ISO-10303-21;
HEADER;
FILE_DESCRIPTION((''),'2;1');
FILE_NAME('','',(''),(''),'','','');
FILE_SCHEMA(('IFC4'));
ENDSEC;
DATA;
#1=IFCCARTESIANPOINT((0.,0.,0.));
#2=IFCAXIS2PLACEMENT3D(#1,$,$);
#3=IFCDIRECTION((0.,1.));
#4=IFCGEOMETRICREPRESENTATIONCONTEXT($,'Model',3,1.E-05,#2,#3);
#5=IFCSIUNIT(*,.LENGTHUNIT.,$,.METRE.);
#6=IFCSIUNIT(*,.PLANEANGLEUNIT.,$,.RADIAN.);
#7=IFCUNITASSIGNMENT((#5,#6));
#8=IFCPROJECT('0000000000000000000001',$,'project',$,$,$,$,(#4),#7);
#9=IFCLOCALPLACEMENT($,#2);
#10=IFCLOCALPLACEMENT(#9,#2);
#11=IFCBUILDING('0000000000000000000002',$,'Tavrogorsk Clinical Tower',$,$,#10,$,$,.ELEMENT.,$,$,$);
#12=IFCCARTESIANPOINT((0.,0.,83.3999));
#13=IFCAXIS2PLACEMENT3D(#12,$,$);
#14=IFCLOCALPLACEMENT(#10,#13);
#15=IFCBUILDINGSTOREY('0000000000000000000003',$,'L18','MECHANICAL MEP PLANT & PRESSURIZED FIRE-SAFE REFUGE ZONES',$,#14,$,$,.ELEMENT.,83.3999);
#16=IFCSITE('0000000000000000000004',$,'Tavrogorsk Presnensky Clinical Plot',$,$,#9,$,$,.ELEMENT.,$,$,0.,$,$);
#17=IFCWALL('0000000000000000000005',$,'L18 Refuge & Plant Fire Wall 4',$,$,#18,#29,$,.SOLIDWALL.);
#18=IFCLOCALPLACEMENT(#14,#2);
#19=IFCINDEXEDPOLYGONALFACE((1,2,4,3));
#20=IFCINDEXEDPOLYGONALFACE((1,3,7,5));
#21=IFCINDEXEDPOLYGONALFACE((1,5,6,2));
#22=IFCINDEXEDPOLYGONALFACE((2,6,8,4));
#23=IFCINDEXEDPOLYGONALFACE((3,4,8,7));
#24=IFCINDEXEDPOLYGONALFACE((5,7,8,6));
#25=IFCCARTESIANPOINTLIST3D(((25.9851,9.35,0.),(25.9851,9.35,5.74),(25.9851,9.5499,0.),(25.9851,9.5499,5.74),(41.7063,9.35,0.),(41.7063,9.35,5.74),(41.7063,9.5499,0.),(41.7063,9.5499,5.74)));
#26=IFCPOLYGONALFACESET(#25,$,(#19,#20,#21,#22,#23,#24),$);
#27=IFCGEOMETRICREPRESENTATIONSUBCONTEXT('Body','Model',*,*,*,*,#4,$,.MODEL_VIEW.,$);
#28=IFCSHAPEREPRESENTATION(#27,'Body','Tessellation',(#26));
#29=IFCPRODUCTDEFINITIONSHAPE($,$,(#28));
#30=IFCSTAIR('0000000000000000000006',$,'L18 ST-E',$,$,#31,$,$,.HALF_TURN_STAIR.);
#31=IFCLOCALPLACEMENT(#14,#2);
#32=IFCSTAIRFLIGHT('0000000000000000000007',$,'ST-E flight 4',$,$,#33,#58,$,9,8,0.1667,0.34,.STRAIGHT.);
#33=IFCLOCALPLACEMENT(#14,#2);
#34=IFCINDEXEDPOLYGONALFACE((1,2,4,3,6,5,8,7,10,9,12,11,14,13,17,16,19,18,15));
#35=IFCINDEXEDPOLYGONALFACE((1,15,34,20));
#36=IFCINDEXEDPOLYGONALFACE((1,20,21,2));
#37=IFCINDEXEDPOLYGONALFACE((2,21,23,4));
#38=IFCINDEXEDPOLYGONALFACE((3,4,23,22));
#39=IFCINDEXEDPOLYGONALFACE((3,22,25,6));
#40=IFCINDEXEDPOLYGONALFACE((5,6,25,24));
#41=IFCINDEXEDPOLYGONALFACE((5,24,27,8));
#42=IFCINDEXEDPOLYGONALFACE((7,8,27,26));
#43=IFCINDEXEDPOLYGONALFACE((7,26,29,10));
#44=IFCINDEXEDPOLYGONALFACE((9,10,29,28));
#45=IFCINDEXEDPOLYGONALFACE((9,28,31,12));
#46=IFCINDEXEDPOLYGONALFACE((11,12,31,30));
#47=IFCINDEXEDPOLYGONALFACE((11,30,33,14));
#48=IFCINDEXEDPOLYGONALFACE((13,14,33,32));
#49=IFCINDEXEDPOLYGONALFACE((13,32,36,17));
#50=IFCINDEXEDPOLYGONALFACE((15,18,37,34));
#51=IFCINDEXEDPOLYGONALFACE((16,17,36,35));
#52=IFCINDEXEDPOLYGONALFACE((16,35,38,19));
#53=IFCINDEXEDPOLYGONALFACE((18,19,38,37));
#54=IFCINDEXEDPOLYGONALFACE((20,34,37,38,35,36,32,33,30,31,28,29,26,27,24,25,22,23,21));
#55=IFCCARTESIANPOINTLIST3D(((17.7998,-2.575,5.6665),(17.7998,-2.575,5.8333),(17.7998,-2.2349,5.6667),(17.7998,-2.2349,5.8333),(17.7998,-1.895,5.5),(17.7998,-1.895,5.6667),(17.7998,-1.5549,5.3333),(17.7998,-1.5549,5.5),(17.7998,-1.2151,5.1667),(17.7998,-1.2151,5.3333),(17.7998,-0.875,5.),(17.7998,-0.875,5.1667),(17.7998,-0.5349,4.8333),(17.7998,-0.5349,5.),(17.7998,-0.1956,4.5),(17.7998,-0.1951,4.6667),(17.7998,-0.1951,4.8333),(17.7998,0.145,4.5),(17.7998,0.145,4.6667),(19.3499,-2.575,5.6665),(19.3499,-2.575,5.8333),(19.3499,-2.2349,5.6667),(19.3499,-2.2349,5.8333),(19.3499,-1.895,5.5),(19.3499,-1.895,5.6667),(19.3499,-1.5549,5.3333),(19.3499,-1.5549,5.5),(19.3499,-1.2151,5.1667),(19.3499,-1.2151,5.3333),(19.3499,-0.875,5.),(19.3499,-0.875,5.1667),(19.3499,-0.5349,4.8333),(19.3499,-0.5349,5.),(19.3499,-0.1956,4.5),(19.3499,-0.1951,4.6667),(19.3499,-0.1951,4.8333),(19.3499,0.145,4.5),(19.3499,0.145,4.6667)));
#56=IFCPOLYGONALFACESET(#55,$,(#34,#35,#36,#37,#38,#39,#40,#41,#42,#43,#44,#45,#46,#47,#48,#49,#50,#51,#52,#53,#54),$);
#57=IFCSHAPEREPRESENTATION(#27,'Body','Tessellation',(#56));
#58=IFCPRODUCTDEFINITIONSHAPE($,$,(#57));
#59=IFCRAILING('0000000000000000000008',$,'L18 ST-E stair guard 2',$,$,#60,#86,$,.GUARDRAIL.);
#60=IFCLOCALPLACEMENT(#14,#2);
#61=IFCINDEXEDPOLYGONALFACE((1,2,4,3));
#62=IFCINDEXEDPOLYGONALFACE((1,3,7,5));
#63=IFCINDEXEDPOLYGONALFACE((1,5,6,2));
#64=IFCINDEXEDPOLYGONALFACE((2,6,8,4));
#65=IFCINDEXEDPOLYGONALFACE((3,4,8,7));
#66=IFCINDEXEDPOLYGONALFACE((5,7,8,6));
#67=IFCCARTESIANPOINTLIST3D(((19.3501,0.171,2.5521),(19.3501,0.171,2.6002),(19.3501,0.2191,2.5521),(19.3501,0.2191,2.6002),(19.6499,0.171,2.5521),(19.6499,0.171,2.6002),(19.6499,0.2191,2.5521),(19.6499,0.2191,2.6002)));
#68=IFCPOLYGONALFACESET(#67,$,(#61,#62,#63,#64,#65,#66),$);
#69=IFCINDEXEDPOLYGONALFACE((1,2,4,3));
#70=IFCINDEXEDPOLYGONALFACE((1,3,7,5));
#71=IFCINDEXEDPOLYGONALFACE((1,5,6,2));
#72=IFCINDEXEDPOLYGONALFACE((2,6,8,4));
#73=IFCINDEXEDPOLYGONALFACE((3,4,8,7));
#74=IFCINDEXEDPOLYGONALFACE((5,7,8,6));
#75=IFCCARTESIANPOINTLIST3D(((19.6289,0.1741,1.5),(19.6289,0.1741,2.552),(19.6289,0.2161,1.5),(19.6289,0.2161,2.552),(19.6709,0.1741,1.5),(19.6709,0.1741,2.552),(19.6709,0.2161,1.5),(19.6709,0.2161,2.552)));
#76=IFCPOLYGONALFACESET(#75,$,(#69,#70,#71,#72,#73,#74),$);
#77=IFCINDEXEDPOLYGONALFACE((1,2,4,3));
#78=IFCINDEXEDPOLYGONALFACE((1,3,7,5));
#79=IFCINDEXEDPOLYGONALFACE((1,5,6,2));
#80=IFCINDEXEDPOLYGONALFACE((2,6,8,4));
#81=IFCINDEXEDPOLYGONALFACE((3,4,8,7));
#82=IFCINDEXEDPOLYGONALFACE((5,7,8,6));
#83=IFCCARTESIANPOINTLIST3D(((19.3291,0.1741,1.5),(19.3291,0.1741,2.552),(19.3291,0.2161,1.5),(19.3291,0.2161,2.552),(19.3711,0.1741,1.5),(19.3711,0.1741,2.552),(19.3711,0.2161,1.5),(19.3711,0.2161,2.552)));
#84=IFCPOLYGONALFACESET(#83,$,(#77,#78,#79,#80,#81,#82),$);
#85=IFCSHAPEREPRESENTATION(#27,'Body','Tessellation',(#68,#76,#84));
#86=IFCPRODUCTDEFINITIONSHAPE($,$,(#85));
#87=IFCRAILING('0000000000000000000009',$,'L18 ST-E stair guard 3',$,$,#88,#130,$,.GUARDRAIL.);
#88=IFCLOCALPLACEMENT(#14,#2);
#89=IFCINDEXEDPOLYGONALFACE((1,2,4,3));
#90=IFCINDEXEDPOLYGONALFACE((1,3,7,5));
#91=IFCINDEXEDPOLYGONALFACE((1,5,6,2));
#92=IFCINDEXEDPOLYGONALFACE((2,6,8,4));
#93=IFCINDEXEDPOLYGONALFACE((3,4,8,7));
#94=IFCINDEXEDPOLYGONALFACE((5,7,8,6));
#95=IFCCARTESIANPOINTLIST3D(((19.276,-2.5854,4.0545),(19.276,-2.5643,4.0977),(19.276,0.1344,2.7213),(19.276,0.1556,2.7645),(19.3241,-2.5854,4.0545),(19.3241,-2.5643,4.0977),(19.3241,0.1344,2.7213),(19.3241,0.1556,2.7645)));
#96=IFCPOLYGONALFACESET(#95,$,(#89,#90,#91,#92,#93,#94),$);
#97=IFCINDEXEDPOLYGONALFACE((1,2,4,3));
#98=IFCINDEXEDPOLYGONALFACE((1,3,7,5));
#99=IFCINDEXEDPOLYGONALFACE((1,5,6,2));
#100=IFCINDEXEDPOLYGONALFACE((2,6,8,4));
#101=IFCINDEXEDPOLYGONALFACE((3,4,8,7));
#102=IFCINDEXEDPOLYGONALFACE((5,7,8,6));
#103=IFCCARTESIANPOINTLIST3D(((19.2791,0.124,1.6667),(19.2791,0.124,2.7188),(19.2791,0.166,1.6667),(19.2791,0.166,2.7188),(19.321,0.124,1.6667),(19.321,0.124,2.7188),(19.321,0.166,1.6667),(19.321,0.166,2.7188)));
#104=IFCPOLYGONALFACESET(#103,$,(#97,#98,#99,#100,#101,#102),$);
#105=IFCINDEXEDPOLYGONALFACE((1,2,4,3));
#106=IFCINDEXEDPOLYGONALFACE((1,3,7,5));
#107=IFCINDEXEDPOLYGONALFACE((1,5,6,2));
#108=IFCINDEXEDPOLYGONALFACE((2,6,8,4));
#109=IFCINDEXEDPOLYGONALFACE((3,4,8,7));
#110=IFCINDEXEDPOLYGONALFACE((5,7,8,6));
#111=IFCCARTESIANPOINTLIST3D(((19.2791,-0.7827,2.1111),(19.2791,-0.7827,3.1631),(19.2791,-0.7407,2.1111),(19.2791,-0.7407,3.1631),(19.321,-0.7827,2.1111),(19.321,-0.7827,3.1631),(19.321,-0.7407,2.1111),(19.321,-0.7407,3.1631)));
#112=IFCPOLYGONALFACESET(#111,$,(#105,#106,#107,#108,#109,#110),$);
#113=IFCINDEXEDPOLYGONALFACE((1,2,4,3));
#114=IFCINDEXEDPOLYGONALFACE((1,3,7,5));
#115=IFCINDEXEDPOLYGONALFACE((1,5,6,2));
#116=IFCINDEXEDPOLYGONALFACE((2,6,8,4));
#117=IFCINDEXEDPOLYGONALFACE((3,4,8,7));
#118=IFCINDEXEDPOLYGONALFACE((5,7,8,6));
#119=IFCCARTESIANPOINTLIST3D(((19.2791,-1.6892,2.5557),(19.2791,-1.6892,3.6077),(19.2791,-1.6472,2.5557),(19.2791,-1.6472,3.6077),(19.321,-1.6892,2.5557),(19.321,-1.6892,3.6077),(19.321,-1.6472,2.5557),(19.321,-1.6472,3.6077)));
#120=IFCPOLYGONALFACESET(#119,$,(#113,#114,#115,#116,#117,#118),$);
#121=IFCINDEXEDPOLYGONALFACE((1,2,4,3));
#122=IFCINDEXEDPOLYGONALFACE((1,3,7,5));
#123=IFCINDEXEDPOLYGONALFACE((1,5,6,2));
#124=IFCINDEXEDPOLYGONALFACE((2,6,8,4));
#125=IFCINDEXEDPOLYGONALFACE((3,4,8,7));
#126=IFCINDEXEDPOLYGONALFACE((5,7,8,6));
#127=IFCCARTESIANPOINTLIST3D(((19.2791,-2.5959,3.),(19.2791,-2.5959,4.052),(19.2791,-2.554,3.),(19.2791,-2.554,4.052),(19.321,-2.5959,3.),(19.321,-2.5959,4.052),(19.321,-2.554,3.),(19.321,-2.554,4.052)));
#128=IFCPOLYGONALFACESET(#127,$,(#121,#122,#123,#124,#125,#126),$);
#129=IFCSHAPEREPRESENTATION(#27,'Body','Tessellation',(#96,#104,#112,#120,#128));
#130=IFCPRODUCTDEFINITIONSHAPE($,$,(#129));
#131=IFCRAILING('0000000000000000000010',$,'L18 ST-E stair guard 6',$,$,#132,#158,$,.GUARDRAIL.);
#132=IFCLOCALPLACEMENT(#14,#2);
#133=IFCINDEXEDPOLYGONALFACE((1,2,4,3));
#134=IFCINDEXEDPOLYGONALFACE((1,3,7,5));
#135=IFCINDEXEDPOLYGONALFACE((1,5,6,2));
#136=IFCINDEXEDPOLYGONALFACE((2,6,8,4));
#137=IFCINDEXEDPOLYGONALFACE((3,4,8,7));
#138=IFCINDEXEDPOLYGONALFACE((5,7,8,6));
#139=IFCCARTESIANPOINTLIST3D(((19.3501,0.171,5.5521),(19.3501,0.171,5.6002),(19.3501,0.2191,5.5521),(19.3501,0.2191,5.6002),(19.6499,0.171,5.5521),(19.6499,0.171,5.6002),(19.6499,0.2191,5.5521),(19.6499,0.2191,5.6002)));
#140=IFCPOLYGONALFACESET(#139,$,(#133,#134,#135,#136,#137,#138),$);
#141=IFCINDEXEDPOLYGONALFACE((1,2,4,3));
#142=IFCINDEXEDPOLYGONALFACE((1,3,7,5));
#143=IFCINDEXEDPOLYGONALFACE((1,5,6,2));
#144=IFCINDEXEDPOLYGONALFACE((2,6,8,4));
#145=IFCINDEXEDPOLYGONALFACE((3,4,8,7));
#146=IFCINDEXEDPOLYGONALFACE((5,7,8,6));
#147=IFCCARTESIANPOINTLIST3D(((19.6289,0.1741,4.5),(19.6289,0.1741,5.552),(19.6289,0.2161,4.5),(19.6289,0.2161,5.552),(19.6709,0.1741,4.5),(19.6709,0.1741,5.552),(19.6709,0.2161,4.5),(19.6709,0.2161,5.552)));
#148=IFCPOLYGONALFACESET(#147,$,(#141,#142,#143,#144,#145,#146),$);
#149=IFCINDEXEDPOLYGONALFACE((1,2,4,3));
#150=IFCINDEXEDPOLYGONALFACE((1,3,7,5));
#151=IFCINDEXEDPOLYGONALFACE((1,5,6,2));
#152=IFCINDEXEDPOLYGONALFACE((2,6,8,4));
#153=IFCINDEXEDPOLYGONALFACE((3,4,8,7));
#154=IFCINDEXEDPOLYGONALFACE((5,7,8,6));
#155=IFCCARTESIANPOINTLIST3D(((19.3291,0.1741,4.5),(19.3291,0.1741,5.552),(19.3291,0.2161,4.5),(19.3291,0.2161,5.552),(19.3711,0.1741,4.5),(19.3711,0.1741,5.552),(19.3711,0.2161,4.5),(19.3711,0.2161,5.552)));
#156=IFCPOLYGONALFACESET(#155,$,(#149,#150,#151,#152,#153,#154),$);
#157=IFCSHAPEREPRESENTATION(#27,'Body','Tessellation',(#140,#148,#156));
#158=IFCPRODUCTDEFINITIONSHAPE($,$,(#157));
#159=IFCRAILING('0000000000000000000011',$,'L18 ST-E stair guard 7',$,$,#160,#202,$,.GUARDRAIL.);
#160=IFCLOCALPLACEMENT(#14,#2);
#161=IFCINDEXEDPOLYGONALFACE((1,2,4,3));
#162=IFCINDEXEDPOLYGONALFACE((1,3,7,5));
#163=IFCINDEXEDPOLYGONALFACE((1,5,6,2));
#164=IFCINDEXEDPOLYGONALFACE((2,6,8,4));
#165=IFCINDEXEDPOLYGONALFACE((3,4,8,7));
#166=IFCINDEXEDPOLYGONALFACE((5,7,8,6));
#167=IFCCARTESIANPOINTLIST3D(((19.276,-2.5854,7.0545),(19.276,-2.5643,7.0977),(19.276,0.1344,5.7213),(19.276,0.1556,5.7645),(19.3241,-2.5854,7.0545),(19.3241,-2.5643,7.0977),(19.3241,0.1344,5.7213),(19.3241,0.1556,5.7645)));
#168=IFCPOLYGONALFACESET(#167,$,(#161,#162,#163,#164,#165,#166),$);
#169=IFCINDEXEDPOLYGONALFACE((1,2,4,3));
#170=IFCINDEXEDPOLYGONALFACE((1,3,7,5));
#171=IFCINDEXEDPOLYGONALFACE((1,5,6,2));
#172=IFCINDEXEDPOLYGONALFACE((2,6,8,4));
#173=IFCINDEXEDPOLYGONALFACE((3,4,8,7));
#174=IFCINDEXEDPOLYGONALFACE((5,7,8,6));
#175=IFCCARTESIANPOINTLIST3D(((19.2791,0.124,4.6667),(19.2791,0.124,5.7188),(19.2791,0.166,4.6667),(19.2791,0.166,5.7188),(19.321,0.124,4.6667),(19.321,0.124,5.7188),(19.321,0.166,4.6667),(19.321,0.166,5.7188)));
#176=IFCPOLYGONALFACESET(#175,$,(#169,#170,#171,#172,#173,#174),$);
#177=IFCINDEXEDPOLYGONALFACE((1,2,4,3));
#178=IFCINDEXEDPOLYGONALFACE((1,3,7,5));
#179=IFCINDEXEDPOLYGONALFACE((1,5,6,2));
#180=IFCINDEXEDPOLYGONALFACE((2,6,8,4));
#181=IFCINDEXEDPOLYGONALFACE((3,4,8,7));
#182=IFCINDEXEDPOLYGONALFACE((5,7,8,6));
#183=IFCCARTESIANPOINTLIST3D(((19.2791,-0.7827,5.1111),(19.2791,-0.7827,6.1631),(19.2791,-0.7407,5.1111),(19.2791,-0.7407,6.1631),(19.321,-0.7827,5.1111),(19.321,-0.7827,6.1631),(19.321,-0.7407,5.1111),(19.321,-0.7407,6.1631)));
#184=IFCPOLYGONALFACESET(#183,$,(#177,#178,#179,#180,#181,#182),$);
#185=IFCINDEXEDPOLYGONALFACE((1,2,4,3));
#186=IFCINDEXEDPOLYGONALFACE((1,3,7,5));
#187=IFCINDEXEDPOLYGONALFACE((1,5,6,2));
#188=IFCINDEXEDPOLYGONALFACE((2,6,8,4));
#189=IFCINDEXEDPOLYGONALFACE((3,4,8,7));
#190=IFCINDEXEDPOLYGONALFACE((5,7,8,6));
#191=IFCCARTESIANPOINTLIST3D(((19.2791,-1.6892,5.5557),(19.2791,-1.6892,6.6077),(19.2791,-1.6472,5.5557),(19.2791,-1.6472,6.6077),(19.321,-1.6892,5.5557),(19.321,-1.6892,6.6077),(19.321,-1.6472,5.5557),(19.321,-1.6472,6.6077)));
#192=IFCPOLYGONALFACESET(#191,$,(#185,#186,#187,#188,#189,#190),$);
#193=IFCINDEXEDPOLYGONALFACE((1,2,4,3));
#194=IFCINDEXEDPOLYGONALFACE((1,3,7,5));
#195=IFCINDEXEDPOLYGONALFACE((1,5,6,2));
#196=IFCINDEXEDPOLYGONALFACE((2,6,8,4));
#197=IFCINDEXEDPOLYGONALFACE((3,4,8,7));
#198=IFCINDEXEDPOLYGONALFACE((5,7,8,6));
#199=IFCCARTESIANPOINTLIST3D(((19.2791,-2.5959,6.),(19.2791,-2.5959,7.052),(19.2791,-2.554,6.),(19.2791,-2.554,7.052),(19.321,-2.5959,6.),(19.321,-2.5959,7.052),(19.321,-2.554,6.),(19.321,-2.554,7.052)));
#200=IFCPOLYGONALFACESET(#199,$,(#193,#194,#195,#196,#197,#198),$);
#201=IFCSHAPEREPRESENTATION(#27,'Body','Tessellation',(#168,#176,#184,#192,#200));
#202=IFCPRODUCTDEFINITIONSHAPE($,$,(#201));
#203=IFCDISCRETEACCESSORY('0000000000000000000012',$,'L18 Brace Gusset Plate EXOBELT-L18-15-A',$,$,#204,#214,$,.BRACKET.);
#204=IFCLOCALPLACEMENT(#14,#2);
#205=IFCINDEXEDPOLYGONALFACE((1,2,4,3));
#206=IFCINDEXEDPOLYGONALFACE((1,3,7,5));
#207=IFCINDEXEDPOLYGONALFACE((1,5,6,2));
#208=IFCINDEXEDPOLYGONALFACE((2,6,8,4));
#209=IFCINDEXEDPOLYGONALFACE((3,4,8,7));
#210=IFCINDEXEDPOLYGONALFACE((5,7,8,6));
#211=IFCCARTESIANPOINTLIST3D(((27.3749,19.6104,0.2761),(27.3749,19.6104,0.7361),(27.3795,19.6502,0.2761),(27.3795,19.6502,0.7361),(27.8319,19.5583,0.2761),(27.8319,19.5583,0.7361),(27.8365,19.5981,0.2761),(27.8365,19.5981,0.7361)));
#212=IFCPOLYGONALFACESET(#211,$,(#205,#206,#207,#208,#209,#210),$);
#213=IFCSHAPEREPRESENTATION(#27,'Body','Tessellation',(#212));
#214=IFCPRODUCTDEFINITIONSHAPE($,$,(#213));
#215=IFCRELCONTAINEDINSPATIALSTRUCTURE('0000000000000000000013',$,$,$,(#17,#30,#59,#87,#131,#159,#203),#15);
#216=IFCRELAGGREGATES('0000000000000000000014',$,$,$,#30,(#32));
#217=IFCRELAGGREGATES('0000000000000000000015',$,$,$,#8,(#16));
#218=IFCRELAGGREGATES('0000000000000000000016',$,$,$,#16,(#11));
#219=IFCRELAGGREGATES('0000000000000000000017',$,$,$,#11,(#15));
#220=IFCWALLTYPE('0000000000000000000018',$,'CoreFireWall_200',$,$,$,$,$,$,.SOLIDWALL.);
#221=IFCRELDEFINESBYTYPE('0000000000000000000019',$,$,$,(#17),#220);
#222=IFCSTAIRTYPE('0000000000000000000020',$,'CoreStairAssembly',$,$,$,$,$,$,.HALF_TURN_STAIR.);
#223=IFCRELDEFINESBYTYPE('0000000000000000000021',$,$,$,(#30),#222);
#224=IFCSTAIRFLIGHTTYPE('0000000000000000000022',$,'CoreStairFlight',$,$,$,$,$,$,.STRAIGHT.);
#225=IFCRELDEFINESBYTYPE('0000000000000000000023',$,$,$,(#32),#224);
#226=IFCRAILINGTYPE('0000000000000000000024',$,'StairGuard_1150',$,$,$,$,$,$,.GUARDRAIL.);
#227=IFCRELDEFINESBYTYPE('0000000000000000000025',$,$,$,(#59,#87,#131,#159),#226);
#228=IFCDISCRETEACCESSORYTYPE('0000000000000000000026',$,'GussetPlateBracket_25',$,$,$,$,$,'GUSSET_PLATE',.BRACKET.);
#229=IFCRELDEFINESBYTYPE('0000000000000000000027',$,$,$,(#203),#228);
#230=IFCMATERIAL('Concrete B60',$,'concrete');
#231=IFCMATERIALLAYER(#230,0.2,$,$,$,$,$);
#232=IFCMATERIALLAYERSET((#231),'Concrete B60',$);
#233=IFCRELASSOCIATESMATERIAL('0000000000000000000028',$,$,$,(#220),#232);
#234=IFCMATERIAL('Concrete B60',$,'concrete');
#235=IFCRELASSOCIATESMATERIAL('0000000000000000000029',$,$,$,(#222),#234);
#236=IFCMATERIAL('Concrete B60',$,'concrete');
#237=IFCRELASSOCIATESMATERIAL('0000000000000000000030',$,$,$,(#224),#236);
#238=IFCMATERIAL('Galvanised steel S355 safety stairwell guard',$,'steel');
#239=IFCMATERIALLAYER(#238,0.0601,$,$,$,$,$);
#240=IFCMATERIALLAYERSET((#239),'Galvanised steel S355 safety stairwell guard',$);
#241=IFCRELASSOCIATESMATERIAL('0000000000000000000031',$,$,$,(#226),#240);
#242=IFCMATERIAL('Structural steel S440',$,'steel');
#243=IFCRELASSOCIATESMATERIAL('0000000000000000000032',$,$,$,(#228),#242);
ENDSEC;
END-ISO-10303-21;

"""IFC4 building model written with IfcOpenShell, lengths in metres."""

from ifc_helpers import new_model, si_unit, direction, frame, frame_2d, origin, origin_2d, place, context, subcontext, project, spatial, polyline, rectangle, outline, extrude, material, layer, layer_set, type_object, element, aggregate, save


model = new_model("IFC4")

# Units and contexts
model_context = context("Model", 3, precision=1e-05, world=origin(), true_north=direction((0.0, 1.0)))
body_context = subcontext(model_context, "Body", "Model", "MODEL_VIEW")
ifc_project = project(units=[si_unit("LENGTHUNIT", "METRE"), si_unit("PLANEANGLEUNIT", "RADIAN")], contexts=[model_context])

# Site, building, storey
site_placement = place(None, origin())
site = spatial("IfcSite", under=ifc_project, at=site_placement, Name="Tavrogorsk Presnensky Clinical Plot", CompositionType="ELEMENT", RefElevation=0.0)
building_placement = place(site_placement, origin())
building = spatial("IfcBuilding", under=site, at=building_placement, Name="Tavrogorsk Clinical Tower", CompositionType="ELEMENT")
storey_placement = place(building_placement, frame((0.0, 0.0, 83.3999)))
storey = spatial("IfcBuildingStorey", under=building, at=storey_placement, Name="L18", Description="MECHANICAL MEP PLANT & PRESSURIZED FIRE-SAFE REFUGE ZONES", CompositionType="ELEMENT", Elevation=83.3999)

# Shared definitions
ifc_material_1 = material(Name="Concrete B60", Category="concrete")
ifc_layer_1 = layer(ifc_material_1, 0.2)
ifc_layer_set_1 = layer_set([ifc_layer_1], Name="Concrete B60")
wall_type = type_object("IfcWallType", Name="CoreFireWall_200", PredefinedType="SOLIDWALL", material=ifc_layer_set_1)

# Wall
wall_1_placement = place(storey_placement, frame((25.9851, 9.45, 0.0), z_axis=(0.0, 0.0, 1.0), x_axis=(1.0, 0.0, 0.0)))
element("IfcWall", 1, at=wall_1_placement, inside=storey, type_object=wall_type, Name="L18 Refuge & Plant Fire Wall 4", PredefinedType="SOLIDWALL", context=body_context, shape_type="SweptSolid", body=[
    extrude(rectangle(XDim=15.7212, YDim=0.2, at=frame_2d((7.8606, 0.0))), origin(), (0.0, 0.0, 1.0), 5.74),
])

# Stair, stair flight
ifc_material_2 = material(Name="Concrete B60", Category="concrete")
stair_type = type_object("IfcStairType", Name="CoreStairAssembly", PredefinedType="HALF_TURN_STAIR", material=ifc_material_2)
stair_placement = place(storey_placement, origin())
stair = element("IfcStair", 2, at=stair_placement, inside=storey, type_object=stair_type, Name="L18 ST-E", PredefinedType="HALF_TURN_STAIR")
ifc_material_3 = material(Name="Concrete B60", Category="concrete")
stair_flight_type = type_object("IfcStairFlightType", Name="CoreStairFlight", PredefinedType="STRAIGHT", material=ifc_material_3)
stair_flight_placement = place(storey_placement, frame((18.575, 0.145, 4.5), z_axis=(0.0, 0.0, 1.0), x_axis=(0.0, -1.0, 0.0)))
stair_flight = element("IfcStairFlight", 3, at=stair_flight_placement, type_object=stair_flight_type, Name="ST-E flight 4", NumberOfRisers=9, NumberOfTreads=8, PredefinedType="STRAIGHT", RiserHeight=0.1667, TreadLength=0.34, context=body_context, shape_type="SweptSolid", body=[
    extrude(outline(polyline([(0.0, 0.0), (0.0, 0.1667), (0.3401, 0.1667), (0.3401, 0.3333), (0.6799, 0.3333), (0.6799, 0.5), (1.02, 0.5), (1.02, 0.6667), (1.3601, 0.6667), (1.3601, 0.8333), (1.7, 0.8333), (1.7, 1.0), (2.04, 1.0), (2.04, 1.1667), (2.3799, 1.1667), (2.3799, 1.3333), (2.72, 1.3333), (2.72, 1.5), (2.72, 1.1665), (0.3406, 0.0), (0.0, 0.0)])), frame((0.0, 0.7749, 0.0), z_axis=(0.0, -1.0, 0.0), x_axis=(1.0, 0.0, 0.0)), (0.0, 0.0, 1.0), 1.55),
])
aggregate(stair, [stair_flight])

# Railings
ifc_material_4 = material(Name="Galvanised steel S355 safety stairwell guard", Category="steel")
ifc_layer_2 = layer(ifc_material_4, 0.0601)
ifc_layer_set_2 = layer_set([ifc_layer_2], Name="Galvanised steel S355 safety stairwell guard")
railing_type = type_object("IfcRailingType", Name="StairGuard_1150", PredefinedType="GUARDRAIL", material=ifc_layer_set_2)
railing_1_placement = place(storey_placement, frame((19.6499, 0.1951, 1.5)))
element("IfcRailing", 4, at=railing_1_placement, inside=storey, type_object=railing_type, Name="L18 ST-E stair guard 2", PredefinedType="GUARDRAIL", context=body_context, shape_type="SweptSolid", body=[
    extrude(rectangle(XDim=0.0481, YDim=0.0481, at=origin_2d()), frame((0.0, 0.0, 1.0762), z_axis=(-1.0, 0.0, 0.0), x_axis=(0.0, -1.0, 0.0)), (0.0, 0.0, 1.0), 0.2998),
    extrude(rectangle(XDim=0.042, YDim=0.042, at=origin_2d()), origin(), (0.0, 0.0, 1.0), 1.052),
    extrude(rectangle(XDim=0.042, YDim=0.042, at=origin_2d()), frame((-0.2998, 0.0, 0.0)), (0.0, 0.0, 1.0), 1.052),
])
railing_2_placement = place(storey_placement, frame((19.3, 0.145, 1.6667)))
element("IfcRailing", 5, at=railing_2_placement, inside=storey, type_object=railing_type, Name="L18 ST-E stair guard 3", PredefinedType="GUARDRAIL", context=body_context, shape_type="SweptSolid", body=[
    extrude(rectangle(XDim=0.0481, YDim=0.0481, at=origin_2d()), frame((0.0, 0.0, 1.0762), z_axis=(0.0, -0.897929, 0.440139), x_axis=(1.0, 0.0, 0.0)), (0.0, 0.0, 1.0), 3.0291),
    extrude(rectangle(XDim=0.042, YDim=0.042, at=origin_2d()), origin(), (0.0, 0.0, 1.0), 1.052),
    extrude(rectangle(XDim=0.042, YDim=0.042, at=origin_2d()), frame((0.0, -0.9067, 0.4443)), (0.0, 0.0, 1.0), 1.052),
    extrude(rectangle(XDim=0.042, YDim=0.042, at=origin_2d()), frame((0.0, -1.8132, 0.8889)), (0.0, 0.0, 1.0), 1.052),
    extrude(rectangle(XDim=0.042, YDim=0.042, at=origin_2d()), frame((0.0, -2.72, 1.3333)), (0.0, 0.0, 1.0), 1.052),
])
railing_3_placement = place(storey_placement, frame((19.6499, 0.1951, 4.5)))
element("IfcRailing", 6, at=railing_3_placement, inside=storey, type_object=railing_type, Name="L18 ST-E stair guard 6", PredefinedType="GUARDRAIL", context=body_context, shape_type="SweptSolid", body=[
    extrude(rectangle(XDim=0.0481, YDim=0.0481, at=origin_2d()), frame((0.0, 0.0, 1.0762), z_axis=(-1.0, 0.0, 0.0), x_axis=(0.0, -1.0, 0.0)), (0.0, 0.0, 1.0), 0.2998),
    extrude(rectangle(XDim=0.042, YDim=0.042, at=origin_2d()), origin(), (0.0, 0.0, 1.0), 1.052),
    extrude(rectangle(XDim=0.042, YDim=0.042, at=origin_2d()), frame((-0.2998, 0.0, 0.0)), (0.0, 0.0, 1.0), 1.052),
])
railing_4_placement = place(storey_placement, frame((19.3, 0.145, 4.6667)))
element("IfcRailing", 7, at=railing_4_placement, inside=storey, type_object=railing_type, Name="L18 ST-E stair guard 7", PredefinedType="GUARDRAIL", context=body_context, shape_type="SweptSolid", body=[
    extrude(rectangle(XDim=0.0481, YDim=0.0481, at=origin_2d()), frame((0.0, 0.0, 1.0762), z_axis=(0.0, -0.897929, 0.440139), x_axis=(1.0, 0.0, 0.0)), (0.0, 0.0, 1.0), 3.0291),
    extrude(rectangle(XDim=0.042, YDim=0.042, at=origin_2d()), origin(), (0.0, 0.0, 1.0), 1.052),
    extrude(rectangle(XDim=0.042, YDim=0.042, at=origin_2d()), frame((0.0, -0.9067, 0.4443)), (0.0, 0.0, 1.0), 1.052),
    extrude(rectangle(XDim=0.042, YDim=0.042, at=origin_2d()), frame((0.0, -1.8132, 0.8889)), (0.0, 0.0, 1.0), 1.052),
    extrude(rectangle(XDim=0.042, YDim=0.042, at=origin_2d()), frame((0.0, -2.72, 1.3333)), (0.0, 0.0, 1.0), 1.052),
])

# Discrete accessory
ifc_material_5 = material(Name="Structural steel S440", Category="steel")
discrete_accessory_type_1 = type_object("IfcDiscreteAccessoryType", Name="GussetPlateBracket_25", ElementType="GUSSET_PLATE", PredefinedType="BRACKET", material=ifc_material_5)
for number, where, z_axis, x_axis, name in (
    (8, (27.6057, 19.6042, 0.2761), (0.0, 0.0, 1.0), (-0.993572, 0.113203, 0.0), "L18 Brace Gusset Plate EXOBELT-L18-15-A"),
):
    element("IfcDiscreteAccessory", number, at=place(storey_placement, frame(where, z_axis=z_axis, x_axis=x_axis)), inside=storey, type_object=discrete_accessory_type_1, Name=name, PredefinedType="BRACKET", context=body_context, shape_type="SweptSolid", body=[
        extrude(rectangle(XDim=0.46, YDim=0.04, at=origin_2d()), origin(), (0.0, 0.0, 1.0), 0.46),
    ])

save(model, "model.ifc")
